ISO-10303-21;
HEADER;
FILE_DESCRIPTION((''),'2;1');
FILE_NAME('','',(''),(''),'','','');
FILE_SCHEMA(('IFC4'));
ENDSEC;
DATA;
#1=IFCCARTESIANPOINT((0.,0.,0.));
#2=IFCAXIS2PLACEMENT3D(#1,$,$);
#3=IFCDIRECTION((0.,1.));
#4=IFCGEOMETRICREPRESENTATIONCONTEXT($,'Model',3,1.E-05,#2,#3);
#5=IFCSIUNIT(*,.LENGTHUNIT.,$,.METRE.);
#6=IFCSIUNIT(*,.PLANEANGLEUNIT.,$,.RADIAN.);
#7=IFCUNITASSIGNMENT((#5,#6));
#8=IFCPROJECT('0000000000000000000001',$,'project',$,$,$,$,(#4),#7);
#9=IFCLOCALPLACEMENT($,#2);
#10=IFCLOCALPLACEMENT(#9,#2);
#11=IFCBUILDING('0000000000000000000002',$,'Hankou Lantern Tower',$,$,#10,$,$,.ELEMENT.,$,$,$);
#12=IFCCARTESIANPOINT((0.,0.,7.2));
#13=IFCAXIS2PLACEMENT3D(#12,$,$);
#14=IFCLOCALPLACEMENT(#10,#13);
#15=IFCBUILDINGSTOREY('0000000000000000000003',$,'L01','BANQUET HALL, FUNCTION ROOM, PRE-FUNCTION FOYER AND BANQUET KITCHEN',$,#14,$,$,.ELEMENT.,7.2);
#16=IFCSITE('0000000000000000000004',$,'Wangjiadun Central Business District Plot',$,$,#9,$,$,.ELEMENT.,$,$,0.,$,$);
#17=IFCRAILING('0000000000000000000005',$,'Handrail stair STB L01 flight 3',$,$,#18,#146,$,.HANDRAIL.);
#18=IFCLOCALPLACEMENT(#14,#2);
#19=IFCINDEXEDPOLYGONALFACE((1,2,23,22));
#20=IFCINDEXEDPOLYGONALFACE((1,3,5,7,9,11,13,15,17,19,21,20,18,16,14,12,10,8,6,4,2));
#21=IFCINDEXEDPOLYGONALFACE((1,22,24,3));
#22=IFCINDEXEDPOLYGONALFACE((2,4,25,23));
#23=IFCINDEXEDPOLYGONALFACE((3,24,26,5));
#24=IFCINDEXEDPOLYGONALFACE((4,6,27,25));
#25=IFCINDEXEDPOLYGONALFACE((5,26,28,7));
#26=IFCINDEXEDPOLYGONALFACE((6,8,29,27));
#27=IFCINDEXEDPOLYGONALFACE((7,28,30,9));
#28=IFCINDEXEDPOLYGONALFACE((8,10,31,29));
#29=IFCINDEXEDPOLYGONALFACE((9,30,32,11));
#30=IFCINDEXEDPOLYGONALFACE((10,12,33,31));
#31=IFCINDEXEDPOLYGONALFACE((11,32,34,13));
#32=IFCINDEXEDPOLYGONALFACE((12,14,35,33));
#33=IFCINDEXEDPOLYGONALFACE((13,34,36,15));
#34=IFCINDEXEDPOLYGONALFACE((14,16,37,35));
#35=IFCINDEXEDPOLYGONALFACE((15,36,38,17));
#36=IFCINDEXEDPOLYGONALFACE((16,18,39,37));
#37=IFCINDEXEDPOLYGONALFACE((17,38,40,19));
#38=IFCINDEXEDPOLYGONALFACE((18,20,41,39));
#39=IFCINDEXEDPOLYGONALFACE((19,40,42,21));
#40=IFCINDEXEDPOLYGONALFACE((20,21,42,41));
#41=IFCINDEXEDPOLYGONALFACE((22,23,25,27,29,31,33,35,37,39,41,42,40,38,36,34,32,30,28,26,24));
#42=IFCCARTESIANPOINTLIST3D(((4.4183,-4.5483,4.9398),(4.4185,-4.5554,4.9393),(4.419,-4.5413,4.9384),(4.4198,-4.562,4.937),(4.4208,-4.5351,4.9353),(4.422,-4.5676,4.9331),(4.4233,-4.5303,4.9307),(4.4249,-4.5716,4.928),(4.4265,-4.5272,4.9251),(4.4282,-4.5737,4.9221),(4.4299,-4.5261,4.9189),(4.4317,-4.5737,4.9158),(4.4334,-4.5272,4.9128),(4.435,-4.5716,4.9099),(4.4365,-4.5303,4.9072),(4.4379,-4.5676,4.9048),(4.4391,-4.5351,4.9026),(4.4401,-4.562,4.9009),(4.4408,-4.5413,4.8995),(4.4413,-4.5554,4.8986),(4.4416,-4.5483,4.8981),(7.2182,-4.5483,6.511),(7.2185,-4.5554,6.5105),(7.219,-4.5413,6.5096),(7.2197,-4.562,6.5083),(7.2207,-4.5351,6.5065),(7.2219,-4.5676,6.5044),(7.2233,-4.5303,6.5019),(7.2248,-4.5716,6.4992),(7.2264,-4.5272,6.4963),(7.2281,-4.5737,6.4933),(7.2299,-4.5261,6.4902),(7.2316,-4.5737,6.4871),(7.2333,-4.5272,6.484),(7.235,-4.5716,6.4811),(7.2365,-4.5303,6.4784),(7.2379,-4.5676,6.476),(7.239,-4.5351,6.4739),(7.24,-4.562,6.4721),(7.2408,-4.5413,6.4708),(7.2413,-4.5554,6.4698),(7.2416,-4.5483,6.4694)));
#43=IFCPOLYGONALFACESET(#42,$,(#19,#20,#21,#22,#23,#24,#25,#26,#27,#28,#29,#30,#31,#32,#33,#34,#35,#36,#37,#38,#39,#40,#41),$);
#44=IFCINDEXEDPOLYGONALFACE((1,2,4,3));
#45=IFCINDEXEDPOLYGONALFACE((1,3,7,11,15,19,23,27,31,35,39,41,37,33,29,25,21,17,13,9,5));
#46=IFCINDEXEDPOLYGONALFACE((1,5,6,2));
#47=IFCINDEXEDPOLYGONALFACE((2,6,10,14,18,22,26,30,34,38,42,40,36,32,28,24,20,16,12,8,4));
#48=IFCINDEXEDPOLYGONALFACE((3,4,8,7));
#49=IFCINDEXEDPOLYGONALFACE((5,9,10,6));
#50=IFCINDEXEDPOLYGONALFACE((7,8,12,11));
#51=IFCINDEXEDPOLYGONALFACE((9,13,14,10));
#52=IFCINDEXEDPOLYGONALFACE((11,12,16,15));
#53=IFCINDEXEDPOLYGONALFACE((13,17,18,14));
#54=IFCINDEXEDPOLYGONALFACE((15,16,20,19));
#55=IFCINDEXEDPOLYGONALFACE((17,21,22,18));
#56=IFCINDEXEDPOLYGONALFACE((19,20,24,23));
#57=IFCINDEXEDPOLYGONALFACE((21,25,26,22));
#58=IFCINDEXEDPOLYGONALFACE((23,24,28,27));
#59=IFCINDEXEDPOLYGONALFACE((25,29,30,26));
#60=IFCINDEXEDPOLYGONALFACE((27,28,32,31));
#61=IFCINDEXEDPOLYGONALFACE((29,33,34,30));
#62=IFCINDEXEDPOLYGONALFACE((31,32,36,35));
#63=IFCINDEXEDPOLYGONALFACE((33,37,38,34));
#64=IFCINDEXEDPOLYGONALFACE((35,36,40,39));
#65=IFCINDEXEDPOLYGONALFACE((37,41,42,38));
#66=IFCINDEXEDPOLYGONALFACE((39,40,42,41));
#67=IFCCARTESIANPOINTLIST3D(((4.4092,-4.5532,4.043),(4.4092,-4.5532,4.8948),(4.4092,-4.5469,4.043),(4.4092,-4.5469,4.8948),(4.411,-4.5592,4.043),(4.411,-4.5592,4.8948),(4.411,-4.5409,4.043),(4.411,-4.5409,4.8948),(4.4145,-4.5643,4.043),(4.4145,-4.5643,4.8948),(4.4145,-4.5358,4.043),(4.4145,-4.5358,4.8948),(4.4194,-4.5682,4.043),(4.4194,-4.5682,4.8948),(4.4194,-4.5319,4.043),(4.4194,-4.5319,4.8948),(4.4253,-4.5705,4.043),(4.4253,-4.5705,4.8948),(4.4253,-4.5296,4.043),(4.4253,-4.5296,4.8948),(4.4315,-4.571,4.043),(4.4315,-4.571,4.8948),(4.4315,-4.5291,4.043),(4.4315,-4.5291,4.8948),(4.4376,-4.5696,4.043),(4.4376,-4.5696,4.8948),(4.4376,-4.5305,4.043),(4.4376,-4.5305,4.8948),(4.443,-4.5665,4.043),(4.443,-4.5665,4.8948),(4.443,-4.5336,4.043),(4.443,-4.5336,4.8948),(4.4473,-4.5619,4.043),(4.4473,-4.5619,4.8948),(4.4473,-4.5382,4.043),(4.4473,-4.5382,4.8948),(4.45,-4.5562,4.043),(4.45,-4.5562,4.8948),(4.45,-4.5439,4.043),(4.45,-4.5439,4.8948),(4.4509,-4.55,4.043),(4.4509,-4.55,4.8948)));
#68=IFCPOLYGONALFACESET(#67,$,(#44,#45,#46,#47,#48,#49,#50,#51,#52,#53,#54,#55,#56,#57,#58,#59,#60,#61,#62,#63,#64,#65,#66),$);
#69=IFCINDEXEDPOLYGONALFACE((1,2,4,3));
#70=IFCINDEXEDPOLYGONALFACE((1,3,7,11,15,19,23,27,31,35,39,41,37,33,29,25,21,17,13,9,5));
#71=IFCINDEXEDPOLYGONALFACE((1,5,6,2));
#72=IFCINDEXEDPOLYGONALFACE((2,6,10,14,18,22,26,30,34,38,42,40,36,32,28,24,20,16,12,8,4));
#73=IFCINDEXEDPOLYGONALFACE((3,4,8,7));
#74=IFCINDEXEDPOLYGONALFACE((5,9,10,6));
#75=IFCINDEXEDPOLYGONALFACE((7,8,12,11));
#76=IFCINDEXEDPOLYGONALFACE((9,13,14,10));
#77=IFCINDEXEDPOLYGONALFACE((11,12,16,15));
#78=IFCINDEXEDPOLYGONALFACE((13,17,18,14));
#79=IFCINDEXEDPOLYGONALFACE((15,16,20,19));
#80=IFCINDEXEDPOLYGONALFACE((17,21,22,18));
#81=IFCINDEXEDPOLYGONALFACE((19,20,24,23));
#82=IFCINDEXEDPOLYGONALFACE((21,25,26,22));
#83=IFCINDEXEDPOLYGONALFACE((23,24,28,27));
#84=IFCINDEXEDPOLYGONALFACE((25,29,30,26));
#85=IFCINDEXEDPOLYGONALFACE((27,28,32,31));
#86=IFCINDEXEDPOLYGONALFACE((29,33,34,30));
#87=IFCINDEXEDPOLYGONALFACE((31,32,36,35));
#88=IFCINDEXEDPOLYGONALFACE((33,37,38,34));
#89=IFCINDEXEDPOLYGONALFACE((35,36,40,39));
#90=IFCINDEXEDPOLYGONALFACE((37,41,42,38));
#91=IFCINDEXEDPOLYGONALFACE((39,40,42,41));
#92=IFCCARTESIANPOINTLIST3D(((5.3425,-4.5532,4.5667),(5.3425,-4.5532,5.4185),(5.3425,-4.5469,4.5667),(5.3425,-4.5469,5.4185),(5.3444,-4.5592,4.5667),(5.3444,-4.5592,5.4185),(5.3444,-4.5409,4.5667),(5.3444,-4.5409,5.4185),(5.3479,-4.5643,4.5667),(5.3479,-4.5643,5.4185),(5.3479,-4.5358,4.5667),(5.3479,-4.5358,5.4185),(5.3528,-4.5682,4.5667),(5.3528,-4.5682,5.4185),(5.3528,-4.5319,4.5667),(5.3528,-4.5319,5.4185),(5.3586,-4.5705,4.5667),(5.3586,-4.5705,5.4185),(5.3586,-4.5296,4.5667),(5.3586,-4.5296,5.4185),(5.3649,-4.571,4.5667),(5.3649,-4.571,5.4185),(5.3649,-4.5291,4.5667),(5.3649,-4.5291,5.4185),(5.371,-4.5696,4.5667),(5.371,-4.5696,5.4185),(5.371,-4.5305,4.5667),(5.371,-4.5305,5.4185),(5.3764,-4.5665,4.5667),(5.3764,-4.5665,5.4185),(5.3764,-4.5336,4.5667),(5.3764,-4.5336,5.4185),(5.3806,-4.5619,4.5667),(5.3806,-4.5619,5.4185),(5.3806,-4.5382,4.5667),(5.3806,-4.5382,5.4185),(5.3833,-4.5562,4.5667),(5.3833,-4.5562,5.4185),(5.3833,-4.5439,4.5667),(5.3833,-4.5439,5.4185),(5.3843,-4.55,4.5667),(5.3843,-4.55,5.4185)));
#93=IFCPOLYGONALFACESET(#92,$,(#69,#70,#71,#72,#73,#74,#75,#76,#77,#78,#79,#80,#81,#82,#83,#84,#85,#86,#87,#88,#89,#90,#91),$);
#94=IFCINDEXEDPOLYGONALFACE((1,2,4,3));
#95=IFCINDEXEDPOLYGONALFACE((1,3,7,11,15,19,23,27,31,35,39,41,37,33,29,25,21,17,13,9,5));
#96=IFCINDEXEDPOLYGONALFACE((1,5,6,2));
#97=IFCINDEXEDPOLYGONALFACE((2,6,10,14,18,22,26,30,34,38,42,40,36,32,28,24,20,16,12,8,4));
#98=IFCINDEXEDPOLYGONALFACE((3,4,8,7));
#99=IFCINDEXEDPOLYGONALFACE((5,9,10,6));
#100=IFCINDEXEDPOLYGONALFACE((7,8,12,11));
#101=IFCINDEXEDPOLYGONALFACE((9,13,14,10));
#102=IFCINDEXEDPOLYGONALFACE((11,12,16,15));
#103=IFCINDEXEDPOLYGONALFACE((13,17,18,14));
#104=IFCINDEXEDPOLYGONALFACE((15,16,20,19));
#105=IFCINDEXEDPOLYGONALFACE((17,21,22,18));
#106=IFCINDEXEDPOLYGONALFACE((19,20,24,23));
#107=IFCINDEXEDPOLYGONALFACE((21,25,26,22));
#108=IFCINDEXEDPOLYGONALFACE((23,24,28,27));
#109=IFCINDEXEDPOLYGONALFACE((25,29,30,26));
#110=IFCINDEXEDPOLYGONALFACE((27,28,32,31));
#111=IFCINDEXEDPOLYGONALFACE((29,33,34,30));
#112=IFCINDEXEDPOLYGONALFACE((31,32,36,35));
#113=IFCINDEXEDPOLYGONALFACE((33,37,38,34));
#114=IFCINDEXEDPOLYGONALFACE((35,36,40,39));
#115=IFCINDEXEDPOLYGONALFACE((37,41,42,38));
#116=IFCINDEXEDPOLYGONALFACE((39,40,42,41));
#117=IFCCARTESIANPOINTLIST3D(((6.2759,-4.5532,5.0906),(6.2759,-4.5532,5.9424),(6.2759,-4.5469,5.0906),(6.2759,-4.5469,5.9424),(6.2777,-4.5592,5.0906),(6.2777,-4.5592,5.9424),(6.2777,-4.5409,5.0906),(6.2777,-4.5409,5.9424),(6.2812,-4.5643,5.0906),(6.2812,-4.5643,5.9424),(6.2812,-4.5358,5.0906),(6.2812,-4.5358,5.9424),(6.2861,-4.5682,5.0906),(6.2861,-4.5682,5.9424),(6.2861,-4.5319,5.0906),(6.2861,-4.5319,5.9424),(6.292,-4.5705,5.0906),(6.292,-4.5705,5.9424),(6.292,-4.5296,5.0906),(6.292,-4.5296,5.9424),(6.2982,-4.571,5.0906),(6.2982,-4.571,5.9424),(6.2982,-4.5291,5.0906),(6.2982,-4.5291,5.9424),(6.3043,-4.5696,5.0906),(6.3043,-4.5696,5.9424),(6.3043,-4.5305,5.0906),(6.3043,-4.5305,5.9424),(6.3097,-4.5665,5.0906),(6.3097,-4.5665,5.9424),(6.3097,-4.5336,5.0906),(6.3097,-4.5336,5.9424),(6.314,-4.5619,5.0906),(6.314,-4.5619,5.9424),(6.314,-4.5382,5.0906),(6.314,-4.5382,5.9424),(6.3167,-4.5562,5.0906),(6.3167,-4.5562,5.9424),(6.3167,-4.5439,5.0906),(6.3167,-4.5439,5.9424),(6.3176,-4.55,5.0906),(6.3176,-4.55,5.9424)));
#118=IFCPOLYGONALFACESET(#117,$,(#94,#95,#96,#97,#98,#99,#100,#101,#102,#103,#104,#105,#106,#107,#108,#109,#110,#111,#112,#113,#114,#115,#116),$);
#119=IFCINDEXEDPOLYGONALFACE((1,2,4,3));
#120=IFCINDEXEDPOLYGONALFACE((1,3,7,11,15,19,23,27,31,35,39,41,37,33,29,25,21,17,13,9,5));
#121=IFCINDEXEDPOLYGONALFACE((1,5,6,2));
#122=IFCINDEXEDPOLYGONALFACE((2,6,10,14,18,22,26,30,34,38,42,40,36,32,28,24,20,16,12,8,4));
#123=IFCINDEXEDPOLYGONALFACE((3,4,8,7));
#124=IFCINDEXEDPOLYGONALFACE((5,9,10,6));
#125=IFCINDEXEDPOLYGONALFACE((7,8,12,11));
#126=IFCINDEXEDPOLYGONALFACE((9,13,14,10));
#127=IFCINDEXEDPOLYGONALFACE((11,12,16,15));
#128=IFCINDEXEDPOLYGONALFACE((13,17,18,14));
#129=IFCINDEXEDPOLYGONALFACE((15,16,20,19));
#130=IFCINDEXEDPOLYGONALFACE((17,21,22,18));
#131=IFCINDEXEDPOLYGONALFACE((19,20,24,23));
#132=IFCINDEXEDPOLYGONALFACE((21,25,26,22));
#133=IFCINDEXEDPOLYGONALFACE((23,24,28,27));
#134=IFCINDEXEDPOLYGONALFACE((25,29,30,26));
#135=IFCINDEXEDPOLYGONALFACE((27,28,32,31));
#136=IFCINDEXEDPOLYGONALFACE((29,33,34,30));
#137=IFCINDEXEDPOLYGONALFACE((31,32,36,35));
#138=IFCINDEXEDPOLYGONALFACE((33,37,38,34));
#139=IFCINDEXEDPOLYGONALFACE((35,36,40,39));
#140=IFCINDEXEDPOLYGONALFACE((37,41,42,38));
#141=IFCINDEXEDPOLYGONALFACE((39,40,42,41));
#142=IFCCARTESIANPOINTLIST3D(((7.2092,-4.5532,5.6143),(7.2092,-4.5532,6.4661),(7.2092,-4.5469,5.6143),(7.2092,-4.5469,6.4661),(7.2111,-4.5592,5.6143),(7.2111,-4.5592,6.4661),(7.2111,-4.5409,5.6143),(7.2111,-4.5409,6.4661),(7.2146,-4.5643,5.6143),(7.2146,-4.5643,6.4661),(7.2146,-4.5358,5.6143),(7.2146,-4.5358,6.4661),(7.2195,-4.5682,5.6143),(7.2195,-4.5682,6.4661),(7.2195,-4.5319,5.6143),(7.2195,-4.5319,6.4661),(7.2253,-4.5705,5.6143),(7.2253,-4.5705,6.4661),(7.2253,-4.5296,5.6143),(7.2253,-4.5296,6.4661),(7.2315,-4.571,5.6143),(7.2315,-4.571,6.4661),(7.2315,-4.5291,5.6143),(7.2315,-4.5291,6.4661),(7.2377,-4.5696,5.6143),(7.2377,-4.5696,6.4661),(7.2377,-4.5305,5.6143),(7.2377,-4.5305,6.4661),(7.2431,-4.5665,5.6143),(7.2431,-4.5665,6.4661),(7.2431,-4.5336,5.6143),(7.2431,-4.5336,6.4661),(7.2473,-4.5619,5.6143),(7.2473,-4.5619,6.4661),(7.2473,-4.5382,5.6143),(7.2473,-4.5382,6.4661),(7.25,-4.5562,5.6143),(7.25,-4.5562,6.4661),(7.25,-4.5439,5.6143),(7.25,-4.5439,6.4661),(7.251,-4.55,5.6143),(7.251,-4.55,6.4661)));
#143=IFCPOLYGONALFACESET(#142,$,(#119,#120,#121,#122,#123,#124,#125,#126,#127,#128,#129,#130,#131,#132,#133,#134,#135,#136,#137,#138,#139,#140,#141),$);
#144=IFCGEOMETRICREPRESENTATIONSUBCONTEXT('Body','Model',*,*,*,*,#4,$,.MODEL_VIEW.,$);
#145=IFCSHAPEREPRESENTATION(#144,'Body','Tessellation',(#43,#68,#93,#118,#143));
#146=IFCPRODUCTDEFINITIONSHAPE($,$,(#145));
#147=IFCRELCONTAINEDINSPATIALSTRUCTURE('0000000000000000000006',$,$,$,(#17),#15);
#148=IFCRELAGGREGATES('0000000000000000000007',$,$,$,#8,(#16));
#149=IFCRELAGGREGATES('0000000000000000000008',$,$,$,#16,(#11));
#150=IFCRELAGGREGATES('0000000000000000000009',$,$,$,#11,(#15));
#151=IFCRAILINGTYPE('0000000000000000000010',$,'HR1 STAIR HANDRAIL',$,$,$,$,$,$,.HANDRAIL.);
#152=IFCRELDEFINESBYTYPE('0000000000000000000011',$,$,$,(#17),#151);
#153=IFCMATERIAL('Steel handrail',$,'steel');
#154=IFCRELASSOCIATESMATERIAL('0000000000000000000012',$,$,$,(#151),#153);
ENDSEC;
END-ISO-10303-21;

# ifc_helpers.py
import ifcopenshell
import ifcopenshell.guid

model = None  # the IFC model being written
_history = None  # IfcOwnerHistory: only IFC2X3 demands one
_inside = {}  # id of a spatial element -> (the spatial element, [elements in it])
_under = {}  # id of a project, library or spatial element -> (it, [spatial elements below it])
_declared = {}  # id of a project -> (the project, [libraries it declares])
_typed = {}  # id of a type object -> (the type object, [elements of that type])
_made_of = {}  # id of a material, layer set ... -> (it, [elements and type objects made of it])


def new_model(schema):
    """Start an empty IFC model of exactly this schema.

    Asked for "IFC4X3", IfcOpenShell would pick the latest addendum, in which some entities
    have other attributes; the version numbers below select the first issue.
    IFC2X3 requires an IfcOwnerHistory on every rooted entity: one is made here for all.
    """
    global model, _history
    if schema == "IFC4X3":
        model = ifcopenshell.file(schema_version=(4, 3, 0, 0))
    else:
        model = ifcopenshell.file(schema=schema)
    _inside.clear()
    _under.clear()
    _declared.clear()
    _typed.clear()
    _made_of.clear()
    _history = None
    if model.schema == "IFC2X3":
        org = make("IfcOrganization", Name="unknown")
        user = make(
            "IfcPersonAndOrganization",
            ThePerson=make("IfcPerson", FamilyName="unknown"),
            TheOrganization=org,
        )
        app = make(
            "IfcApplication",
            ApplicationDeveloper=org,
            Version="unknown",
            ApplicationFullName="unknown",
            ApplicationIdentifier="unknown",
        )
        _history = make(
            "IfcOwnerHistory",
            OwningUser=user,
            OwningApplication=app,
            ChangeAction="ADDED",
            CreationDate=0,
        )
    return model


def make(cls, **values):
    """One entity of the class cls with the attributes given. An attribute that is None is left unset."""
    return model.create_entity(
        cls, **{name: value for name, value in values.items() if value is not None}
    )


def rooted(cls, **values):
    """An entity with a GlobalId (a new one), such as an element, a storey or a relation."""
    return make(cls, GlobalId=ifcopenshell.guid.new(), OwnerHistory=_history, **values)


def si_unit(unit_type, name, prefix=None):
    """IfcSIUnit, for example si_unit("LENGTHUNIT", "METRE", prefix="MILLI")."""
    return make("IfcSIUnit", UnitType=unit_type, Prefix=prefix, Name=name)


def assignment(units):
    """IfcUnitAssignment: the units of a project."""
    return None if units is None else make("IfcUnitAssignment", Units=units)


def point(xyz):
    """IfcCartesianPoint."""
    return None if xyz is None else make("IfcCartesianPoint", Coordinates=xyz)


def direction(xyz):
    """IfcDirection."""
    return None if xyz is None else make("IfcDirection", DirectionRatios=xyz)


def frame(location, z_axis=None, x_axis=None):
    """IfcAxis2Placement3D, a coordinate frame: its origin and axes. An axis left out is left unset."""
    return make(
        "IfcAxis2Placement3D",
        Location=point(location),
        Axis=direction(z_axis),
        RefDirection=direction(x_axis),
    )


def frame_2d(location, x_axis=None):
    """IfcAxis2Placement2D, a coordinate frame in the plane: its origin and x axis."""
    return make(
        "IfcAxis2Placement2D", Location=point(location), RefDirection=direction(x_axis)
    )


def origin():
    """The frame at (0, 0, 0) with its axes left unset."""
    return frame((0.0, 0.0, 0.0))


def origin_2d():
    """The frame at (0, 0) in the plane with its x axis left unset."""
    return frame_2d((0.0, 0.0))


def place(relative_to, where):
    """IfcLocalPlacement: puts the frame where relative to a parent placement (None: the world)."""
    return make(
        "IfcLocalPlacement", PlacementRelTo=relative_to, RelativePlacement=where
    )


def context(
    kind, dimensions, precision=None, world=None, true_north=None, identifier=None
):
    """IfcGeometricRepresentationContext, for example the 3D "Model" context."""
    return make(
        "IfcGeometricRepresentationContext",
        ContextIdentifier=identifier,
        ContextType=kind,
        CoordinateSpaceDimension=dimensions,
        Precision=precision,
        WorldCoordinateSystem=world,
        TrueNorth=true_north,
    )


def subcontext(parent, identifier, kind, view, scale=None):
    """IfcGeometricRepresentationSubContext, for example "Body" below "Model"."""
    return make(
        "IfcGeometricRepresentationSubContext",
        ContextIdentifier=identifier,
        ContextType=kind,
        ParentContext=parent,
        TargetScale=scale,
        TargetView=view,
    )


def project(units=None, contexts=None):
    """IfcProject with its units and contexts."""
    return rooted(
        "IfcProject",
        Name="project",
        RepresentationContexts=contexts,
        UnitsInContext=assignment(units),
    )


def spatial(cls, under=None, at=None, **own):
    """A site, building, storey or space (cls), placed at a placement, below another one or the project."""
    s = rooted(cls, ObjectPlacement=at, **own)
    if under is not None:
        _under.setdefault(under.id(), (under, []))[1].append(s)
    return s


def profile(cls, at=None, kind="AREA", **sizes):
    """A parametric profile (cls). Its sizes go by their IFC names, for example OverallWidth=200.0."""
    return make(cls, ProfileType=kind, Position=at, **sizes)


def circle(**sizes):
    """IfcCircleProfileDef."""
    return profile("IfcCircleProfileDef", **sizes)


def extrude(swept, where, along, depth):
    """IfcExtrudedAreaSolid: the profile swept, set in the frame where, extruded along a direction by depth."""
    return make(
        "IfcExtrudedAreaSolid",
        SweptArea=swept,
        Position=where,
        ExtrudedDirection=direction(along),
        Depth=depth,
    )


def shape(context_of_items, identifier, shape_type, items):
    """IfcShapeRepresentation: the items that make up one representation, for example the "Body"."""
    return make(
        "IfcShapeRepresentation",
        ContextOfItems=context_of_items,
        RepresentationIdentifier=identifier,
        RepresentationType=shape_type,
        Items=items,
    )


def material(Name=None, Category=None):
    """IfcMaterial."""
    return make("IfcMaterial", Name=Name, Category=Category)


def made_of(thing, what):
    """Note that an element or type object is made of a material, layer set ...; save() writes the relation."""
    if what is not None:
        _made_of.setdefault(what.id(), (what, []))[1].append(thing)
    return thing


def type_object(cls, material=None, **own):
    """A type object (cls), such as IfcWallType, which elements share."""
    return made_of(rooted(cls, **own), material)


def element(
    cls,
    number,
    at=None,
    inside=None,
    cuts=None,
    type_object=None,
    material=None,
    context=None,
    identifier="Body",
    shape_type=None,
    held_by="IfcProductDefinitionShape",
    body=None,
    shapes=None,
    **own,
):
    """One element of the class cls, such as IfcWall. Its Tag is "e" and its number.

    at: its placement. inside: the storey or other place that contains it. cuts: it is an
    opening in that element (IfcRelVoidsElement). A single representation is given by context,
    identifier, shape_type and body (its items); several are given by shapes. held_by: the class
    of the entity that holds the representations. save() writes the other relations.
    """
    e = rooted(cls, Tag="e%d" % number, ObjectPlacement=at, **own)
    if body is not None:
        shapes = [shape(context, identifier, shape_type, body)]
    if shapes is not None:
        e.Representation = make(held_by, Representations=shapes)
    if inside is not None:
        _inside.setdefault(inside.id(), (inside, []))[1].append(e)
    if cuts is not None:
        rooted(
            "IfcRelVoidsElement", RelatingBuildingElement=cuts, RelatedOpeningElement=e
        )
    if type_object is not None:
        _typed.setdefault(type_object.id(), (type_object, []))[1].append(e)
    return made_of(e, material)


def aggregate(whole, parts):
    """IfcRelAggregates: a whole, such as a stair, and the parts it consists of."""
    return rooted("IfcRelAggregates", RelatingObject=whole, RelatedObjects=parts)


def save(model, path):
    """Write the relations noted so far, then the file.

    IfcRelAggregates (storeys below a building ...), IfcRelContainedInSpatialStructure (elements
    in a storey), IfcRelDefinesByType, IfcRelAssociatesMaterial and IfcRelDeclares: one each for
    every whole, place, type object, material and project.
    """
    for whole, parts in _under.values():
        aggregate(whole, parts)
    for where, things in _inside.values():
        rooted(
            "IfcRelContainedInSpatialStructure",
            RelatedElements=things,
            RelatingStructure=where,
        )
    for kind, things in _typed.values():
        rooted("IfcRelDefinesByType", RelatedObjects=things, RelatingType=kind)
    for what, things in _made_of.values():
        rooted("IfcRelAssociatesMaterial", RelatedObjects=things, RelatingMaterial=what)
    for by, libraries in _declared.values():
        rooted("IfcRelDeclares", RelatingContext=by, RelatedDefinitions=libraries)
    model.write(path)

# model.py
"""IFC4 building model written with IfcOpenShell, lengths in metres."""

from ifc_helpers import new_model, si_unit, direction, frame, origin, origin_2d, place, context, subcontext, project, spatial, circle, extrude, material, type_object, element, save


model = new_model("IFC4")

# Units and contexts
model_context = context("Model", 3, precision=1e-05, world=origin(), true_north=direction((0.0, 1.0)))
body_context = subcontext(model_context, "Body", "Model", "MODEL_VIEW")
ifc_project = project(units=[si_unit("LENGTHUNIT", "METRE"), si_unit("PLANEANGLEUNIT", "RADIAN")], contexts=[model_context])

# Site, building, storey
site_placement = place(None, origin())
site = spatial("IfcSite", under=ifc_project, at=site_placement, Name="Wangjiadun Central Business District Plot", CompositionType="ELEMENT", RefElevation=0.0)
building_placement = place(site_placement, origin())
building = spatial("IfcBuilding", under=site, at=building_placement, Name="Hankou Lantern Tower", CompositionType="ELEMENT")
storey_placement = place(building_placement, frame((0.0, 0.0, 7.2)))
storey = spatial("IfcBuildingStorey", under=building, at=storey_placement, Name="L01", Description="BANQUET HALL, FUNCTION ROOM, PRE-FUNCTION FOYER AND BANQUET KITCHEN", CompositionType="ELEMENT", Elevation=7.2)

# Railing
ifc_material_1 = material(Name="Steel handrail", Category="steel")
railing_type = type_object("IfcRailingType", Name="HR1 STAIR HANDRAIL", PredefinedType="HANDRAIL", material=ifc_material_1)
railing_1_placement = place(storey_placement, frame((4.4299, -4.55, 4.043)))
element("IfcRailing", 1, at=railing_1_placement, inside=storey, type_object=railing_type, Name="Handrail stair STB L01 flight 3", PredefinedType="HANDRAIL", context=body_context, shape_type="SweptSolid", body=[
    extrude(circle(Radius=0.0239, at=origin_2d()), frame((0.0, 0.0, 0.876), z_axis=(0.872073, 0.0, 0.489377), x_axis=(0.0, 1.0, 0.0)), (0.0, 0.0, 1.0), 3.2107),
    extrude(circle(Radius=0.021, at=origin_2d()), origin(), (0.0, 0.0, 1.0), 0.8518),
    extrude(circle(Radius=0.021, at=origin_2d()), frame((0.9333, 0.0, 0.5237)), (0.0, 0.0, 1.0), 0.8518),
    extrude(circle(Radius=0.021, at=origin_2d()), frame((1.8667, 0.0, 1.0476)), (0.0, 0.0, 1.0), 0.8518),
    extrude(circle(Radius=0.021, at=origin_2d()), frame((2.8, 0.0, 1.5713)), (0.0, 0.0, 1.0), 0.8518),
])

save(model, "model.ifc")
